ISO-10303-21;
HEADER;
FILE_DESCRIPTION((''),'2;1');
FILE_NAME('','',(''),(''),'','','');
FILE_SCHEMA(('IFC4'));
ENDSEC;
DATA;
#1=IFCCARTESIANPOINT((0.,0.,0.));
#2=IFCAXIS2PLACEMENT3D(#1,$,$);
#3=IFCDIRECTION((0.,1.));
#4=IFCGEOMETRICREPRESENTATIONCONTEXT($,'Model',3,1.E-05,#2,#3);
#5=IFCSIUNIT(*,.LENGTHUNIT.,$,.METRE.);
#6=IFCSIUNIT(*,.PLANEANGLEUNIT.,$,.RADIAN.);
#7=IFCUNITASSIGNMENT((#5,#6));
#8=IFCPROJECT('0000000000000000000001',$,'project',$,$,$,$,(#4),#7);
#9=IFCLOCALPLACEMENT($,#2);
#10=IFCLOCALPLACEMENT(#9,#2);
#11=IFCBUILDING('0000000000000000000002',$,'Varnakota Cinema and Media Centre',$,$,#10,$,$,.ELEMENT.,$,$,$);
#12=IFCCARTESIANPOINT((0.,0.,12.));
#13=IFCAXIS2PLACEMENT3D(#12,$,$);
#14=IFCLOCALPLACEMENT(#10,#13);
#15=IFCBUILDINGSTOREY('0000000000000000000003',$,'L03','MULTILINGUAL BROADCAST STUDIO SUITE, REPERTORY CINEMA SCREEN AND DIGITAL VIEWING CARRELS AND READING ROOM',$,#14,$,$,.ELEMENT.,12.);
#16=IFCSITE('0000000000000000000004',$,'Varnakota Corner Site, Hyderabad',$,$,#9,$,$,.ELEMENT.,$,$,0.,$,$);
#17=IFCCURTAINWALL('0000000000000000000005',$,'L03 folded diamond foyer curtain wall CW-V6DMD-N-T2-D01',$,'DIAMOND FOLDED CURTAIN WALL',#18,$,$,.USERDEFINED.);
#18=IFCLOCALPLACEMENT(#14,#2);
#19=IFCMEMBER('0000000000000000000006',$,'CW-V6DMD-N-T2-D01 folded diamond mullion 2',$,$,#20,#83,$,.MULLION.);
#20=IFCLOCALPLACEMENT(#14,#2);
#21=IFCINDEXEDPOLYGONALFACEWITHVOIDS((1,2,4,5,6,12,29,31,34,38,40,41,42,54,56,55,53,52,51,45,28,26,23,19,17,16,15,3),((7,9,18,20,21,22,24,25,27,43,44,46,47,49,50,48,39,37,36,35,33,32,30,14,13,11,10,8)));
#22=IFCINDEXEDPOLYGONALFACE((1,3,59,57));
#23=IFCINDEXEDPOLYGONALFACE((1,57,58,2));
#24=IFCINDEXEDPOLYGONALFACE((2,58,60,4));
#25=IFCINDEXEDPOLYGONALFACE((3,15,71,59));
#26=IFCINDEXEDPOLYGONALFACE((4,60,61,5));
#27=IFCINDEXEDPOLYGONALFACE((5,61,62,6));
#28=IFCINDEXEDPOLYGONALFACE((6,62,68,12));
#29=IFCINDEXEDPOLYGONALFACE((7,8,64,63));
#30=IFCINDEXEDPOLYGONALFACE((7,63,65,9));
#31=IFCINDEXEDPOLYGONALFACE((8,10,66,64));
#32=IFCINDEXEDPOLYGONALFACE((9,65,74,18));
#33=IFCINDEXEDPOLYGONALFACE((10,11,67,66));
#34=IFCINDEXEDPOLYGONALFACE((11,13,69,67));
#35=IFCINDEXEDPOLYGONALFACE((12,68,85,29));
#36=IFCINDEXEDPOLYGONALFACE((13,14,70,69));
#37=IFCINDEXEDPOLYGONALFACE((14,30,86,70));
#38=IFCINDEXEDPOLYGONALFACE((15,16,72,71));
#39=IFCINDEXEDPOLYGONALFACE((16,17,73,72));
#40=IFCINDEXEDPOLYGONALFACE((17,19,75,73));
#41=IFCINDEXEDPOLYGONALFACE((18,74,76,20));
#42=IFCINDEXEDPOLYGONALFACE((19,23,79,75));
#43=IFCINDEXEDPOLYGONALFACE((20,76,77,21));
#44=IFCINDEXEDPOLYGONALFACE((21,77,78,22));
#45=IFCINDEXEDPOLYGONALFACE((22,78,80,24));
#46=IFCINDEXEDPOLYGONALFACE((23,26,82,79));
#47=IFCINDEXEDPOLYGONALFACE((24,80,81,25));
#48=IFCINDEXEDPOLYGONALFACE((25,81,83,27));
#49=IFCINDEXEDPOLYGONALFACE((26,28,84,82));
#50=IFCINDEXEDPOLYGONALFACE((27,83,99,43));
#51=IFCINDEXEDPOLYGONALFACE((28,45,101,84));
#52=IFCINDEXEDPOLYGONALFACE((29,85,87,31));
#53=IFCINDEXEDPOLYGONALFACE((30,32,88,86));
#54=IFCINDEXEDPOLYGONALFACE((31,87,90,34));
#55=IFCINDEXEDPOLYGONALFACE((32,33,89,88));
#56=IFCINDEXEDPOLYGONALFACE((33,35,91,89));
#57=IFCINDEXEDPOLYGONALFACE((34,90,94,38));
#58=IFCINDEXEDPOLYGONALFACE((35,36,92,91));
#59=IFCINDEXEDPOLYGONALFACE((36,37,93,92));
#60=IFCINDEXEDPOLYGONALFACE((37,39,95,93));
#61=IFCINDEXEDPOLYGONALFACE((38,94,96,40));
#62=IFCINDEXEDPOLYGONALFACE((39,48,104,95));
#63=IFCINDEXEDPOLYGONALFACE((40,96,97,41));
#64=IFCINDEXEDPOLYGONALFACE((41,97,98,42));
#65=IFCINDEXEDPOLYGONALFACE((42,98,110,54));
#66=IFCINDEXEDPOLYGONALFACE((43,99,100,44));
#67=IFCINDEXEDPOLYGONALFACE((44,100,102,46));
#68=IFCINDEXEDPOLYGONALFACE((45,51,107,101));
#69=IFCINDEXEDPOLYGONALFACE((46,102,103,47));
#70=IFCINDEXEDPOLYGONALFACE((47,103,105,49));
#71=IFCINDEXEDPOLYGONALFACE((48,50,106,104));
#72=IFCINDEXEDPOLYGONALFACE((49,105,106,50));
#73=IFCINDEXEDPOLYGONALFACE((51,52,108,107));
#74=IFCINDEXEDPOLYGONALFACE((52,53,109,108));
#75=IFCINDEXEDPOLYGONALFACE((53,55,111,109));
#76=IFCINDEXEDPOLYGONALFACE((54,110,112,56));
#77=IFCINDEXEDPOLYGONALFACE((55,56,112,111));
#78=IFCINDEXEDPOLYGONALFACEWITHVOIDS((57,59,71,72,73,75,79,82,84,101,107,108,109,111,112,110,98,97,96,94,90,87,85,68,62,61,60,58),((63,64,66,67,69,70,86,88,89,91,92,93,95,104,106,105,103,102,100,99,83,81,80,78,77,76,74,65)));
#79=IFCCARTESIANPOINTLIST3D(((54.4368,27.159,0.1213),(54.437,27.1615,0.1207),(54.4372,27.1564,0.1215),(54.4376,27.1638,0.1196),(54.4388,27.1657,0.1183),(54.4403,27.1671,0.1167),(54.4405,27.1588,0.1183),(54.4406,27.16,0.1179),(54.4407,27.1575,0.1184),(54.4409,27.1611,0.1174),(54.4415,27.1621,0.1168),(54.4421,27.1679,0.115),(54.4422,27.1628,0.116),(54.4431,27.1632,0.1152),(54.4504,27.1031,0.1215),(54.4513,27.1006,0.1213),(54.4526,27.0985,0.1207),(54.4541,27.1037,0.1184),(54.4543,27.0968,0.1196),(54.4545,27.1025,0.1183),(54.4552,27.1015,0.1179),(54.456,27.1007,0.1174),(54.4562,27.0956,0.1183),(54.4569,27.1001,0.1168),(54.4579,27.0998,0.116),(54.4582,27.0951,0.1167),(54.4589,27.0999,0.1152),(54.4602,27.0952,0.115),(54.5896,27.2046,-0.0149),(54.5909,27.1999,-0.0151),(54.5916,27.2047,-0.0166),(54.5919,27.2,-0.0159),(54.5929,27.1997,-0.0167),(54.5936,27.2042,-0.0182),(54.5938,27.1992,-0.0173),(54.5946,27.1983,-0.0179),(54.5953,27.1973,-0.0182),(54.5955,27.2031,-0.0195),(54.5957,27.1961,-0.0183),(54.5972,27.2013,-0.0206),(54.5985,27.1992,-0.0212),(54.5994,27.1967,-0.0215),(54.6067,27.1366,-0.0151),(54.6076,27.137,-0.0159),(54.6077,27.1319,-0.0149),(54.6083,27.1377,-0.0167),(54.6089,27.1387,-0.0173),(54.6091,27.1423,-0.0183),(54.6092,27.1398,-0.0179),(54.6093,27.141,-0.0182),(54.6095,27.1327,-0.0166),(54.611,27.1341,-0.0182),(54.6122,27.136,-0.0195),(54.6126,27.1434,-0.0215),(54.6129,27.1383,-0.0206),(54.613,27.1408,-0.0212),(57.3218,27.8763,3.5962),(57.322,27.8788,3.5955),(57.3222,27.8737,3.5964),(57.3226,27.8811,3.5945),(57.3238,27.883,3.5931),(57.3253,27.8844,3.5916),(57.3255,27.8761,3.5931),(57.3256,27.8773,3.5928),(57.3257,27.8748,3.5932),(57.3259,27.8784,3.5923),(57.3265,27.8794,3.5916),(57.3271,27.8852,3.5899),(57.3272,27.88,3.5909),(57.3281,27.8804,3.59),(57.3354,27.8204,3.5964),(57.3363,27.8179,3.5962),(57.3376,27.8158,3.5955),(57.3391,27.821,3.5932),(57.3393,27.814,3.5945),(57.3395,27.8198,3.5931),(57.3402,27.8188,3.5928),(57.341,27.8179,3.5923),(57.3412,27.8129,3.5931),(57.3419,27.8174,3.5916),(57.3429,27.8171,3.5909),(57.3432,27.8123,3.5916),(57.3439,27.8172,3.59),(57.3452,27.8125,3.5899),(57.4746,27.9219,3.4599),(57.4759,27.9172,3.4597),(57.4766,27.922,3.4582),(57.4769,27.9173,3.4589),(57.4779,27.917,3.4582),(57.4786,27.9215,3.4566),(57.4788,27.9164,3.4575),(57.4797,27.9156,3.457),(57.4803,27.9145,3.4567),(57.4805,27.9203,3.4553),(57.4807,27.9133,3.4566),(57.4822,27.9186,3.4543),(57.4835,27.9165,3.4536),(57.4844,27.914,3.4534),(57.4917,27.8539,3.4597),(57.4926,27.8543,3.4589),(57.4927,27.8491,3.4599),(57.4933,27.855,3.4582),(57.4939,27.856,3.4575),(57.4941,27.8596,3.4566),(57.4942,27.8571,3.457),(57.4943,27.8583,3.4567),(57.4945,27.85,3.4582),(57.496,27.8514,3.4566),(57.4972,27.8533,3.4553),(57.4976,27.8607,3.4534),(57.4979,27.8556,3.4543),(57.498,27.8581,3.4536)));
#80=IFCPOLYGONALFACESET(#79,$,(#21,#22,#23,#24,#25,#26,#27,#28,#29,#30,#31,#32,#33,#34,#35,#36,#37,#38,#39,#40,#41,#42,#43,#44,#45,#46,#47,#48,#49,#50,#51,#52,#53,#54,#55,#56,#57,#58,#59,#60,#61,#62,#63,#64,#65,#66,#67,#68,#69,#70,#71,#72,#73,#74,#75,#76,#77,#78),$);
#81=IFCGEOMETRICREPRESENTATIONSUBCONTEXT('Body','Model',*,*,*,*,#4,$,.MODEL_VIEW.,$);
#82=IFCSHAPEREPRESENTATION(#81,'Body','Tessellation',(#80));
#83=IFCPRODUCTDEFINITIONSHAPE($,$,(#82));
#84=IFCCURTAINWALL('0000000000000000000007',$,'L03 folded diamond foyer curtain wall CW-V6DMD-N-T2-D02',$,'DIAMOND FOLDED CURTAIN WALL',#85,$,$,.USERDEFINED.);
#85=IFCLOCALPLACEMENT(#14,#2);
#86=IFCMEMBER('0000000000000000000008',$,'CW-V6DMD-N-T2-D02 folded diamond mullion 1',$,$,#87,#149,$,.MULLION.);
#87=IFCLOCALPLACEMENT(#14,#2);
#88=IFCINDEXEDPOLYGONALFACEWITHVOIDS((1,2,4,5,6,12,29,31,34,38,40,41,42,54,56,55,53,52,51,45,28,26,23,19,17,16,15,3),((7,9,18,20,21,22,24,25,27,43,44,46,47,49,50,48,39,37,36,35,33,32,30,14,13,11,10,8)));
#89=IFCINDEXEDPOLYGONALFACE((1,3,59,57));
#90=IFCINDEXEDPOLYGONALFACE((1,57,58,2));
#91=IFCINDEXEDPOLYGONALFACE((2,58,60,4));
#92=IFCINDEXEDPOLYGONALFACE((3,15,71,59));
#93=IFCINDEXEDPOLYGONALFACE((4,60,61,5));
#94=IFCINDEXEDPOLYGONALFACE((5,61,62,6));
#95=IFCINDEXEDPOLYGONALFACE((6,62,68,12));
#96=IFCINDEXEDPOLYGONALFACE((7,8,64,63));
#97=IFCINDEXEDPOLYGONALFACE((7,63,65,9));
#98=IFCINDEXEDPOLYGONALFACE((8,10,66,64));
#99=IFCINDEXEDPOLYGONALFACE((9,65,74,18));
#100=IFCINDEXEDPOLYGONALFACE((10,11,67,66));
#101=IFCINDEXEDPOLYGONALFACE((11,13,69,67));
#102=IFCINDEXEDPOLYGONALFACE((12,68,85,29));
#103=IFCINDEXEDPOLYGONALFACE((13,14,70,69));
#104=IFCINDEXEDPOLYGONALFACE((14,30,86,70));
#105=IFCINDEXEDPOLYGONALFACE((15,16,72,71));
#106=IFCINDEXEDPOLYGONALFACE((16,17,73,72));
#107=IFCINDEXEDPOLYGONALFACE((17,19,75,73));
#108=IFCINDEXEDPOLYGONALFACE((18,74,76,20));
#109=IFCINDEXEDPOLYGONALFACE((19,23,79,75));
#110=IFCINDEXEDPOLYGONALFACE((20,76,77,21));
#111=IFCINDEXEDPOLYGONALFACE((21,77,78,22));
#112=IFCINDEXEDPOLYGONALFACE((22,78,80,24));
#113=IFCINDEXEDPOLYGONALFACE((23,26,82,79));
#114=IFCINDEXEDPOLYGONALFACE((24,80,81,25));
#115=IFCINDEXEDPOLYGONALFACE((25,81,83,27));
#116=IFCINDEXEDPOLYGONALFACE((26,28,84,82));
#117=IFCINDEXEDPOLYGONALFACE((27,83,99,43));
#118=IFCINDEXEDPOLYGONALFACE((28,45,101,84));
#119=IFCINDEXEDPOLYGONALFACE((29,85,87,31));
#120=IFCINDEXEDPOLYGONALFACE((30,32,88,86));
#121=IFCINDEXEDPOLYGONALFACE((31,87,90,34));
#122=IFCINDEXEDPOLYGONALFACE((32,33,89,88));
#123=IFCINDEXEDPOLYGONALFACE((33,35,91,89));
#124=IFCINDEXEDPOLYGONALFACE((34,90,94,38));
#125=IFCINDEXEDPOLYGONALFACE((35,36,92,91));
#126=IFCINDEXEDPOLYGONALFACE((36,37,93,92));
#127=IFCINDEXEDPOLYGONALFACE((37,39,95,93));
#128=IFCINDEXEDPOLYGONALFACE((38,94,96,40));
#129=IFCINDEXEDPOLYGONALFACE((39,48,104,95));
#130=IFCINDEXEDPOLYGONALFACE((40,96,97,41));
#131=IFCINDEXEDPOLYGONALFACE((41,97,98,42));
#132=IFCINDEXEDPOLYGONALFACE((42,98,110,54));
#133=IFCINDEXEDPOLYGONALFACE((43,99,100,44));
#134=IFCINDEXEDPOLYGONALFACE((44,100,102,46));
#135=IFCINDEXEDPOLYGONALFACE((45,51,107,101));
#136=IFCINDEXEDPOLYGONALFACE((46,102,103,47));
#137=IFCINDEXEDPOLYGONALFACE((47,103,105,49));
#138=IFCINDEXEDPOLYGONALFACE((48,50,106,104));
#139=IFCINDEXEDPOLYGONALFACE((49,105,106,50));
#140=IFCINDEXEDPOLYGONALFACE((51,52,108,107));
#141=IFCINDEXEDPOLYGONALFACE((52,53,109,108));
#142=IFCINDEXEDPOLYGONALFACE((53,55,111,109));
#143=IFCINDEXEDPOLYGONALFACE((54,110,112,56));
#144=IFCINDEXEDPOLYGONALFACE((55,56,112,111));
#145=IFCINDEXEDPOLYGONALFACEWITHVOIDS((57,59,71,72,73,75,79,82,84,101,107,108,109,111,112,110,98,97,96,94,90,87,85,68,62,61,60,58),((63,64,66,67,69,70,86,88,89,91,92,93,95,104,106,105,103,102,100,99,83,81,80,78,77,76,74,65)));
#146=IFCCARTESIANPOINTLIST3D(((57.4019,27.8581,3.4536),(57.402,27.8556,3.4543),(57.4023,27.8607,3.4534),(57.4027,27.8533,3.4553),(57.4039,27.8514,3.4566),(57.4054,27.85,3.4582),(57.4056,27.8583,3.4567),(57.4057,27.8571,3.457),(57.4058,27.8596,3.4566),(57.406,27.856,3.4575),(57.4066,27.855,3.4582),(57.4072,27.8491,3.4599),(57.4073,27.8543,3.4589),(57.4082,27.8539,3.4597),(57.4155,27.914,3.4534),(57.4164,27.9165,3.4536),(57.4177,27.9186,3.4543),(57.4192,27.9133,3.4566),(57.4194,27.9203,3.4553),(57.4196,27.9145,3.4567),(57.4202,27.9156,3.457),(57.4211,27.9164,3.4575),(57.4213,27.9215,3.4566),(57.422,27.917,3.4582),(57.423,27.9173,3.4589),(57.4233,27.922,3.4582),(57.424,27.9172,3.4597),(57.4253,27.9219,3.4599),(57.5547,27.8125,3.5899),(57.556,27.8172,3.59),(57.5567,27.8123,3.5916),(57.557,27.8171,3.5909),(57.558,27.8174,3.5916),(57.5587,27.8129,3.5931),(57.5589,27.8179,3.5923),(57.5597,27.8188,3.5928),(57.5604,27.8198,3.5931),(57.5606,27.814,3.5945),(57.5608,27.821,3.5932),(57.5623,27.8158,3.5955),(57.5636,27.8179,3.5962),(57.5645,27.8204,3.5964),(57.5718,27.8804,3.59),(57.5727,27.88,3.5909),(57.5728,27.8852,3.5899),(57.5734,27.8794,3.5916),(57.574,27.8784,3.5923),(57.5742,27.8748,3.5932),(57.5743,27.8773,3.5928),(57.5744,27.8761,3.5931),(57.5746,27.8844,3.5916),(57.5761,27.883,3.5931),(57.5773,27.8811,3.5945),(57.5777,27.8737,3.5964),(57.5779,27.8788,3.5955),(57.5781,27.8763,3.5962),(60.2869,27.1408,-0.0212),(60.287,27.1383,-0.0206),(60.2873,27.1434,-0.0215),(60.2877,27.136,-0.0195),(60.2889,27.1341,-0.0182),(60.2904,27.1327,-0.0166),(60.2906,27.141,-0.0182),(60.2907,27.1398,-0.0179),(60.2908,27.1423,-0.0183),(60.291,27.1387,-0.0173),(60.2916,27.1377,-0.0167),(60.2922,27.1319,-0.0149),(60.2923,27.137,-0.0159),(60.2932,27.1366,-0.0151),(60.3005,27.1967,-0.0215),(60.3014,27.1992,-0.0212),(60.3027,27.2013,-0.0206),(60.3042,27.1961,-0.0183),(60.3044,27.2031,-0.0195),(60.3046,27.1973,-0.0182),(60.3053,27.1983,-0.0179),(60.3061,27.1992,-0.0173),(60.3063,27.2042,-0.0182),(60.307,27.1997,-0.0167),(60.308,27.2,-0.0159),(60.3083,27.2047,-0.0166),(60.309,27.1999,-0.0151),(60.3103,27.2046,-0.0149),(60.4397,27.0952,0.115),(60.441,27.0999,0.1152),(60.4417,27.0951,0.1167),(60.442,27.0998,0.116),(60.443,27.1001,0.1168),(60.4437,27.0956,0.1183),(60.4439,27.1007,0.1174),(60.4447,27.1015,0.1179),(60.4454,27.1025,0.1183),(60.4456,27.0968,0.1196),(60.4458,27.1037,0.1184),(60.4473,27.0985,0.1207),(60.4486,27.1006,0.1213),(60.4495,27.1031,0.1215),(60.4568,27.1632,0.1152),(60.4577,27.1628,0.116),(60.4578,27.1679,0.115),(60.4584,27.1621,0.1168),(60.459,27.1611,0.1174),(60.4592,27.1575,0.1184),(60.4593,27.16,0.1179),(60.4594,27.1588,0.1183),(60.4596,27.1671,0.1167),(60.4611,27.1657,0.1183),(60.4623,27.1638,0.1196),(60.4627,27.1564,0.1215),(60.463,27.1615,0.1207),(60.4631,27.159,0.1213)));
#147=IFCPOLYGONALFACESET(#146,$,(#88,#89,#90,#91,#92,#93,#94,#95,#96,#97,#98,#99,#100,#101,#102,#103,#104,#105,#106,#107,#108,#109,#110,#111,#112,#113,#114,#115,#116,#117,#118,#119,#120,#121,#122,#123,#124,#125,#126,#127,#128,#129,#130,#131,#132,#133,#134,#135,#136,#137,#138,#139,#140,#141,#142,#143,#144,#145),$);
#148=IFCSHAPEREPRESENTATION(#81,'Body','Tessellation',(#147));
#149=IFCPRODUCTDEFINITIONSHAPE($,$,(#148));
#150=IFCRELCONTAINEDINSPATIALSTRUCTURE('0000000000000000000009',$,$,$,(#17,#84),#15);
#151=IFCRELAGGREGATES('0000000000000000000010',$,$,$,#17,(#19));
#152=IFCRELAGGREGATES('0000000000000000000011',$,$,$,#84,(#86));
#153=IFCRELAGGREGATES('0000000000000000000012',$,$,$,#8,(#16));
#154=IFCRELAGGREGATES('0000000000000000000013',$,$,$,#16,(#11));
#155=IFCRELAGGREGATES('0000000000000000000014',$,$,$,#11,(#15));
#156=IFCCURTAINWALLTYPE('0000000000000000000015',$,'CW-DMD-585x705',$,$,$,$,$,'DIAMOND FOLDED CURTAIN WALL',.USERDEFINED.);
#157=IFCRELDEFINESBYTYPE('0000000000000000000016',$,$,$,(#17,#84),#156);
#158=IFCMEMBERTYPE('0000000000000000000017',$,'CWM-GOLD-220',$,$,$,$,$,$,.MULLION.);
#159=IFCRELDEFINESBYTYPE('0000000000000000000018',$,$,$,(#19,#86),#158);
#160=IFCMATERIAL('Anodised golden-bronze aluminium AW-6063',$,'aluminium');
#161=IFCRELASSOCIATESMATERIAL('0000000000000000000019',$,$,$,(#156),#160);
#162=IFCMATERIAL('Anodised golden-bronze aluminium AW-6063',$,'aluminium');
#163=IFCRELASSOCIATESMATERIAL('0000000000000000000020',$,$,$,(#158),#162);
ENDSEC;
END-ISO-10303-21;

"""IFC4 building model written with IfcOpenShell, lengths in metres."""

from ifc_helpers import new_model, si_unit, direction, frame, origin, origin_2d, place, context, subcontext, project, spatial, hollow_rectangle, extrude, material, material_profile, profile_set, type_object, element, aggregate, save


model = new_model("IFC4")

# Units and contexts
model_context = context("Model", 3, precision=1e-05, world=origin(), true_north=direction((0.0, 1.0)))
body_context = subcontext(model_context, "Body", "Model", "MODEL_VIEW")
ifc_project = project(units=[si_unit("LENGTHUNIT", "METRE"), si_unit("PLANEANGLEUNIT", "RADIAN")], contexts=[model_context])

# Site, building, storey
site_placement = place(None, origin())
site = spatial("IfcSite", under=ifc_project, at=site_placement, Name="Varnakota Corner Site, Hyderabad", CompositionType="ELEMENT", RefElevation=0.0)
building_placement = place(site_placement, origin())
building = spatial("IfcBuilding", under=site, at=building_placement, Name="Varnakota Cinema and Media Centre", CompositionType="ELEMENT")
storey_placement = place(building_placement, frame((0.0, 0.0, 12.0)))
storey = spatial("IfcBuildingStorey", under=building, at=storey_placement, Name="L03", Description="MULTILINGUAL BROADCAST STUDIO SUITE, REPERTORY CINEMA SCREEN AND DIGITAL VIEWING CARRELS AND READING ROOM", CompositionType="ELEMENT", Elevation=12.0)

# Curtain wall, member
ifc_material_1 = material(Name="Anodised golden-bronze aluminium AW-6063", Category="aluminium")
curtain_wall_type = type_object("IfcCurtainWallType", Name="CW-DMD-585x705", ElementType="DIAMOND FOLDED CURTAIN WALL", PredefinedType="USERDEFINED", material=ifc_material_1)
curtain_wall_1_placement = place(storey_placement, origin())
curtain_wall_1 = element("IfcCurtainWall", 1, at=curtain_wall_1_placement, inside=storey, type_object=curtain_wall_type, Name="L03 folded diamond foyer curtain wall CW-V6DMD-N-T2-D01", ObjectType="DIAMOND FOLDED CURTAIN WALL", PredefinedType="USERDEFINED")
ifc_material_2 = material(Name="Anodised golden-bronze aluminium AW-6063", Category="aluminium")
ifc_material_profile_1 = material_profile(ifc_material_2, hollow_rectangle(XDim=0.075, YDim=0.22, WallThickness=0.0049, InnerFilletRadius=0.0049, OuterFilletRadius=0.01, at=origin_2d()), Name="AL-MULLION 220x75x5")
ifc_profile_set_1 = profile_set([ifc_material_profile_1], Name="Anodised golden-bronze aluminium AW-6063")
member_type_1 = type_object("IfcMemberType", Name="CWM-GOLD-220", PredefinedType="MULLION", material=ifc_profile_set_1)
member_1_placement = place(storey_placement, frame((54.5249, 27.1499, 0.05), z_axis=(0.630878, 0.156852, 0.759862), x_axis=(-0.241279, 0.970456, 0.0)))
member_1 = element("IfcMember", 2, at=member_1_placement, type_object=member_type_1, Name="CW-V6DMD-N-T2-D01 folded diamond mullion 2", PredefinedType="MULLION", context=body_context, shape_type="SweptSolid", body=[
    extrude(hollow_rectangle(XDim=0.075, YDim=0.22, WallThickness=0.0049, InnerFilletRadius=0.0049, OuterFilletRadius=0.01, at=origin_2d()), origin(), (0.0, 0.0, 1.0), 4.573),
])

# Curtain wall, member
curtain_wall_2_placement = place(storey_placement, origin())
curtain_wall_2 = element("IfcCurtainWall", 3, at=curtain_wall_2_placement, inside=storey, type_object=curtain_wall_type, Name="L03 folded diamond foyer curtain wall CW-V6DMD-N-T2-D02", ObjectType="DIAMOND FOLDED CURTAIN WALL", PredefinedType="USERDEFINED")
member_2_placement = place(storey_placement, frame((60.375, 27.1499, 0.05), z_axis=(-0.630878, 0.156852, 0.759862), x_axis=(-0.241279, -0.970456, 0.0)))
member_2 = element("IfcMember", 4, at=member_2_placement, type_object=member_type_1, Name="CW-V6DMD-N-T2-D02 folded diamond mullion 1", PredefinedType="MULLION", context=body_context, shape_type="SweptSolid", body=[
    extrude(hollow_rectangle(XDim=0.075, YDim=0.22, WallThickness=0.0049, InnerFilletRadius=0.0049, OuterFilletRadius=0.01, at=origin_2d()), origin(), (0.0, 0.0, 1.0), 4.573),
])

aggregate(curtain_wall_1, [member_1])
aggregate(curtain_wall_2, [member_2])

save(model, "model.ifc")
